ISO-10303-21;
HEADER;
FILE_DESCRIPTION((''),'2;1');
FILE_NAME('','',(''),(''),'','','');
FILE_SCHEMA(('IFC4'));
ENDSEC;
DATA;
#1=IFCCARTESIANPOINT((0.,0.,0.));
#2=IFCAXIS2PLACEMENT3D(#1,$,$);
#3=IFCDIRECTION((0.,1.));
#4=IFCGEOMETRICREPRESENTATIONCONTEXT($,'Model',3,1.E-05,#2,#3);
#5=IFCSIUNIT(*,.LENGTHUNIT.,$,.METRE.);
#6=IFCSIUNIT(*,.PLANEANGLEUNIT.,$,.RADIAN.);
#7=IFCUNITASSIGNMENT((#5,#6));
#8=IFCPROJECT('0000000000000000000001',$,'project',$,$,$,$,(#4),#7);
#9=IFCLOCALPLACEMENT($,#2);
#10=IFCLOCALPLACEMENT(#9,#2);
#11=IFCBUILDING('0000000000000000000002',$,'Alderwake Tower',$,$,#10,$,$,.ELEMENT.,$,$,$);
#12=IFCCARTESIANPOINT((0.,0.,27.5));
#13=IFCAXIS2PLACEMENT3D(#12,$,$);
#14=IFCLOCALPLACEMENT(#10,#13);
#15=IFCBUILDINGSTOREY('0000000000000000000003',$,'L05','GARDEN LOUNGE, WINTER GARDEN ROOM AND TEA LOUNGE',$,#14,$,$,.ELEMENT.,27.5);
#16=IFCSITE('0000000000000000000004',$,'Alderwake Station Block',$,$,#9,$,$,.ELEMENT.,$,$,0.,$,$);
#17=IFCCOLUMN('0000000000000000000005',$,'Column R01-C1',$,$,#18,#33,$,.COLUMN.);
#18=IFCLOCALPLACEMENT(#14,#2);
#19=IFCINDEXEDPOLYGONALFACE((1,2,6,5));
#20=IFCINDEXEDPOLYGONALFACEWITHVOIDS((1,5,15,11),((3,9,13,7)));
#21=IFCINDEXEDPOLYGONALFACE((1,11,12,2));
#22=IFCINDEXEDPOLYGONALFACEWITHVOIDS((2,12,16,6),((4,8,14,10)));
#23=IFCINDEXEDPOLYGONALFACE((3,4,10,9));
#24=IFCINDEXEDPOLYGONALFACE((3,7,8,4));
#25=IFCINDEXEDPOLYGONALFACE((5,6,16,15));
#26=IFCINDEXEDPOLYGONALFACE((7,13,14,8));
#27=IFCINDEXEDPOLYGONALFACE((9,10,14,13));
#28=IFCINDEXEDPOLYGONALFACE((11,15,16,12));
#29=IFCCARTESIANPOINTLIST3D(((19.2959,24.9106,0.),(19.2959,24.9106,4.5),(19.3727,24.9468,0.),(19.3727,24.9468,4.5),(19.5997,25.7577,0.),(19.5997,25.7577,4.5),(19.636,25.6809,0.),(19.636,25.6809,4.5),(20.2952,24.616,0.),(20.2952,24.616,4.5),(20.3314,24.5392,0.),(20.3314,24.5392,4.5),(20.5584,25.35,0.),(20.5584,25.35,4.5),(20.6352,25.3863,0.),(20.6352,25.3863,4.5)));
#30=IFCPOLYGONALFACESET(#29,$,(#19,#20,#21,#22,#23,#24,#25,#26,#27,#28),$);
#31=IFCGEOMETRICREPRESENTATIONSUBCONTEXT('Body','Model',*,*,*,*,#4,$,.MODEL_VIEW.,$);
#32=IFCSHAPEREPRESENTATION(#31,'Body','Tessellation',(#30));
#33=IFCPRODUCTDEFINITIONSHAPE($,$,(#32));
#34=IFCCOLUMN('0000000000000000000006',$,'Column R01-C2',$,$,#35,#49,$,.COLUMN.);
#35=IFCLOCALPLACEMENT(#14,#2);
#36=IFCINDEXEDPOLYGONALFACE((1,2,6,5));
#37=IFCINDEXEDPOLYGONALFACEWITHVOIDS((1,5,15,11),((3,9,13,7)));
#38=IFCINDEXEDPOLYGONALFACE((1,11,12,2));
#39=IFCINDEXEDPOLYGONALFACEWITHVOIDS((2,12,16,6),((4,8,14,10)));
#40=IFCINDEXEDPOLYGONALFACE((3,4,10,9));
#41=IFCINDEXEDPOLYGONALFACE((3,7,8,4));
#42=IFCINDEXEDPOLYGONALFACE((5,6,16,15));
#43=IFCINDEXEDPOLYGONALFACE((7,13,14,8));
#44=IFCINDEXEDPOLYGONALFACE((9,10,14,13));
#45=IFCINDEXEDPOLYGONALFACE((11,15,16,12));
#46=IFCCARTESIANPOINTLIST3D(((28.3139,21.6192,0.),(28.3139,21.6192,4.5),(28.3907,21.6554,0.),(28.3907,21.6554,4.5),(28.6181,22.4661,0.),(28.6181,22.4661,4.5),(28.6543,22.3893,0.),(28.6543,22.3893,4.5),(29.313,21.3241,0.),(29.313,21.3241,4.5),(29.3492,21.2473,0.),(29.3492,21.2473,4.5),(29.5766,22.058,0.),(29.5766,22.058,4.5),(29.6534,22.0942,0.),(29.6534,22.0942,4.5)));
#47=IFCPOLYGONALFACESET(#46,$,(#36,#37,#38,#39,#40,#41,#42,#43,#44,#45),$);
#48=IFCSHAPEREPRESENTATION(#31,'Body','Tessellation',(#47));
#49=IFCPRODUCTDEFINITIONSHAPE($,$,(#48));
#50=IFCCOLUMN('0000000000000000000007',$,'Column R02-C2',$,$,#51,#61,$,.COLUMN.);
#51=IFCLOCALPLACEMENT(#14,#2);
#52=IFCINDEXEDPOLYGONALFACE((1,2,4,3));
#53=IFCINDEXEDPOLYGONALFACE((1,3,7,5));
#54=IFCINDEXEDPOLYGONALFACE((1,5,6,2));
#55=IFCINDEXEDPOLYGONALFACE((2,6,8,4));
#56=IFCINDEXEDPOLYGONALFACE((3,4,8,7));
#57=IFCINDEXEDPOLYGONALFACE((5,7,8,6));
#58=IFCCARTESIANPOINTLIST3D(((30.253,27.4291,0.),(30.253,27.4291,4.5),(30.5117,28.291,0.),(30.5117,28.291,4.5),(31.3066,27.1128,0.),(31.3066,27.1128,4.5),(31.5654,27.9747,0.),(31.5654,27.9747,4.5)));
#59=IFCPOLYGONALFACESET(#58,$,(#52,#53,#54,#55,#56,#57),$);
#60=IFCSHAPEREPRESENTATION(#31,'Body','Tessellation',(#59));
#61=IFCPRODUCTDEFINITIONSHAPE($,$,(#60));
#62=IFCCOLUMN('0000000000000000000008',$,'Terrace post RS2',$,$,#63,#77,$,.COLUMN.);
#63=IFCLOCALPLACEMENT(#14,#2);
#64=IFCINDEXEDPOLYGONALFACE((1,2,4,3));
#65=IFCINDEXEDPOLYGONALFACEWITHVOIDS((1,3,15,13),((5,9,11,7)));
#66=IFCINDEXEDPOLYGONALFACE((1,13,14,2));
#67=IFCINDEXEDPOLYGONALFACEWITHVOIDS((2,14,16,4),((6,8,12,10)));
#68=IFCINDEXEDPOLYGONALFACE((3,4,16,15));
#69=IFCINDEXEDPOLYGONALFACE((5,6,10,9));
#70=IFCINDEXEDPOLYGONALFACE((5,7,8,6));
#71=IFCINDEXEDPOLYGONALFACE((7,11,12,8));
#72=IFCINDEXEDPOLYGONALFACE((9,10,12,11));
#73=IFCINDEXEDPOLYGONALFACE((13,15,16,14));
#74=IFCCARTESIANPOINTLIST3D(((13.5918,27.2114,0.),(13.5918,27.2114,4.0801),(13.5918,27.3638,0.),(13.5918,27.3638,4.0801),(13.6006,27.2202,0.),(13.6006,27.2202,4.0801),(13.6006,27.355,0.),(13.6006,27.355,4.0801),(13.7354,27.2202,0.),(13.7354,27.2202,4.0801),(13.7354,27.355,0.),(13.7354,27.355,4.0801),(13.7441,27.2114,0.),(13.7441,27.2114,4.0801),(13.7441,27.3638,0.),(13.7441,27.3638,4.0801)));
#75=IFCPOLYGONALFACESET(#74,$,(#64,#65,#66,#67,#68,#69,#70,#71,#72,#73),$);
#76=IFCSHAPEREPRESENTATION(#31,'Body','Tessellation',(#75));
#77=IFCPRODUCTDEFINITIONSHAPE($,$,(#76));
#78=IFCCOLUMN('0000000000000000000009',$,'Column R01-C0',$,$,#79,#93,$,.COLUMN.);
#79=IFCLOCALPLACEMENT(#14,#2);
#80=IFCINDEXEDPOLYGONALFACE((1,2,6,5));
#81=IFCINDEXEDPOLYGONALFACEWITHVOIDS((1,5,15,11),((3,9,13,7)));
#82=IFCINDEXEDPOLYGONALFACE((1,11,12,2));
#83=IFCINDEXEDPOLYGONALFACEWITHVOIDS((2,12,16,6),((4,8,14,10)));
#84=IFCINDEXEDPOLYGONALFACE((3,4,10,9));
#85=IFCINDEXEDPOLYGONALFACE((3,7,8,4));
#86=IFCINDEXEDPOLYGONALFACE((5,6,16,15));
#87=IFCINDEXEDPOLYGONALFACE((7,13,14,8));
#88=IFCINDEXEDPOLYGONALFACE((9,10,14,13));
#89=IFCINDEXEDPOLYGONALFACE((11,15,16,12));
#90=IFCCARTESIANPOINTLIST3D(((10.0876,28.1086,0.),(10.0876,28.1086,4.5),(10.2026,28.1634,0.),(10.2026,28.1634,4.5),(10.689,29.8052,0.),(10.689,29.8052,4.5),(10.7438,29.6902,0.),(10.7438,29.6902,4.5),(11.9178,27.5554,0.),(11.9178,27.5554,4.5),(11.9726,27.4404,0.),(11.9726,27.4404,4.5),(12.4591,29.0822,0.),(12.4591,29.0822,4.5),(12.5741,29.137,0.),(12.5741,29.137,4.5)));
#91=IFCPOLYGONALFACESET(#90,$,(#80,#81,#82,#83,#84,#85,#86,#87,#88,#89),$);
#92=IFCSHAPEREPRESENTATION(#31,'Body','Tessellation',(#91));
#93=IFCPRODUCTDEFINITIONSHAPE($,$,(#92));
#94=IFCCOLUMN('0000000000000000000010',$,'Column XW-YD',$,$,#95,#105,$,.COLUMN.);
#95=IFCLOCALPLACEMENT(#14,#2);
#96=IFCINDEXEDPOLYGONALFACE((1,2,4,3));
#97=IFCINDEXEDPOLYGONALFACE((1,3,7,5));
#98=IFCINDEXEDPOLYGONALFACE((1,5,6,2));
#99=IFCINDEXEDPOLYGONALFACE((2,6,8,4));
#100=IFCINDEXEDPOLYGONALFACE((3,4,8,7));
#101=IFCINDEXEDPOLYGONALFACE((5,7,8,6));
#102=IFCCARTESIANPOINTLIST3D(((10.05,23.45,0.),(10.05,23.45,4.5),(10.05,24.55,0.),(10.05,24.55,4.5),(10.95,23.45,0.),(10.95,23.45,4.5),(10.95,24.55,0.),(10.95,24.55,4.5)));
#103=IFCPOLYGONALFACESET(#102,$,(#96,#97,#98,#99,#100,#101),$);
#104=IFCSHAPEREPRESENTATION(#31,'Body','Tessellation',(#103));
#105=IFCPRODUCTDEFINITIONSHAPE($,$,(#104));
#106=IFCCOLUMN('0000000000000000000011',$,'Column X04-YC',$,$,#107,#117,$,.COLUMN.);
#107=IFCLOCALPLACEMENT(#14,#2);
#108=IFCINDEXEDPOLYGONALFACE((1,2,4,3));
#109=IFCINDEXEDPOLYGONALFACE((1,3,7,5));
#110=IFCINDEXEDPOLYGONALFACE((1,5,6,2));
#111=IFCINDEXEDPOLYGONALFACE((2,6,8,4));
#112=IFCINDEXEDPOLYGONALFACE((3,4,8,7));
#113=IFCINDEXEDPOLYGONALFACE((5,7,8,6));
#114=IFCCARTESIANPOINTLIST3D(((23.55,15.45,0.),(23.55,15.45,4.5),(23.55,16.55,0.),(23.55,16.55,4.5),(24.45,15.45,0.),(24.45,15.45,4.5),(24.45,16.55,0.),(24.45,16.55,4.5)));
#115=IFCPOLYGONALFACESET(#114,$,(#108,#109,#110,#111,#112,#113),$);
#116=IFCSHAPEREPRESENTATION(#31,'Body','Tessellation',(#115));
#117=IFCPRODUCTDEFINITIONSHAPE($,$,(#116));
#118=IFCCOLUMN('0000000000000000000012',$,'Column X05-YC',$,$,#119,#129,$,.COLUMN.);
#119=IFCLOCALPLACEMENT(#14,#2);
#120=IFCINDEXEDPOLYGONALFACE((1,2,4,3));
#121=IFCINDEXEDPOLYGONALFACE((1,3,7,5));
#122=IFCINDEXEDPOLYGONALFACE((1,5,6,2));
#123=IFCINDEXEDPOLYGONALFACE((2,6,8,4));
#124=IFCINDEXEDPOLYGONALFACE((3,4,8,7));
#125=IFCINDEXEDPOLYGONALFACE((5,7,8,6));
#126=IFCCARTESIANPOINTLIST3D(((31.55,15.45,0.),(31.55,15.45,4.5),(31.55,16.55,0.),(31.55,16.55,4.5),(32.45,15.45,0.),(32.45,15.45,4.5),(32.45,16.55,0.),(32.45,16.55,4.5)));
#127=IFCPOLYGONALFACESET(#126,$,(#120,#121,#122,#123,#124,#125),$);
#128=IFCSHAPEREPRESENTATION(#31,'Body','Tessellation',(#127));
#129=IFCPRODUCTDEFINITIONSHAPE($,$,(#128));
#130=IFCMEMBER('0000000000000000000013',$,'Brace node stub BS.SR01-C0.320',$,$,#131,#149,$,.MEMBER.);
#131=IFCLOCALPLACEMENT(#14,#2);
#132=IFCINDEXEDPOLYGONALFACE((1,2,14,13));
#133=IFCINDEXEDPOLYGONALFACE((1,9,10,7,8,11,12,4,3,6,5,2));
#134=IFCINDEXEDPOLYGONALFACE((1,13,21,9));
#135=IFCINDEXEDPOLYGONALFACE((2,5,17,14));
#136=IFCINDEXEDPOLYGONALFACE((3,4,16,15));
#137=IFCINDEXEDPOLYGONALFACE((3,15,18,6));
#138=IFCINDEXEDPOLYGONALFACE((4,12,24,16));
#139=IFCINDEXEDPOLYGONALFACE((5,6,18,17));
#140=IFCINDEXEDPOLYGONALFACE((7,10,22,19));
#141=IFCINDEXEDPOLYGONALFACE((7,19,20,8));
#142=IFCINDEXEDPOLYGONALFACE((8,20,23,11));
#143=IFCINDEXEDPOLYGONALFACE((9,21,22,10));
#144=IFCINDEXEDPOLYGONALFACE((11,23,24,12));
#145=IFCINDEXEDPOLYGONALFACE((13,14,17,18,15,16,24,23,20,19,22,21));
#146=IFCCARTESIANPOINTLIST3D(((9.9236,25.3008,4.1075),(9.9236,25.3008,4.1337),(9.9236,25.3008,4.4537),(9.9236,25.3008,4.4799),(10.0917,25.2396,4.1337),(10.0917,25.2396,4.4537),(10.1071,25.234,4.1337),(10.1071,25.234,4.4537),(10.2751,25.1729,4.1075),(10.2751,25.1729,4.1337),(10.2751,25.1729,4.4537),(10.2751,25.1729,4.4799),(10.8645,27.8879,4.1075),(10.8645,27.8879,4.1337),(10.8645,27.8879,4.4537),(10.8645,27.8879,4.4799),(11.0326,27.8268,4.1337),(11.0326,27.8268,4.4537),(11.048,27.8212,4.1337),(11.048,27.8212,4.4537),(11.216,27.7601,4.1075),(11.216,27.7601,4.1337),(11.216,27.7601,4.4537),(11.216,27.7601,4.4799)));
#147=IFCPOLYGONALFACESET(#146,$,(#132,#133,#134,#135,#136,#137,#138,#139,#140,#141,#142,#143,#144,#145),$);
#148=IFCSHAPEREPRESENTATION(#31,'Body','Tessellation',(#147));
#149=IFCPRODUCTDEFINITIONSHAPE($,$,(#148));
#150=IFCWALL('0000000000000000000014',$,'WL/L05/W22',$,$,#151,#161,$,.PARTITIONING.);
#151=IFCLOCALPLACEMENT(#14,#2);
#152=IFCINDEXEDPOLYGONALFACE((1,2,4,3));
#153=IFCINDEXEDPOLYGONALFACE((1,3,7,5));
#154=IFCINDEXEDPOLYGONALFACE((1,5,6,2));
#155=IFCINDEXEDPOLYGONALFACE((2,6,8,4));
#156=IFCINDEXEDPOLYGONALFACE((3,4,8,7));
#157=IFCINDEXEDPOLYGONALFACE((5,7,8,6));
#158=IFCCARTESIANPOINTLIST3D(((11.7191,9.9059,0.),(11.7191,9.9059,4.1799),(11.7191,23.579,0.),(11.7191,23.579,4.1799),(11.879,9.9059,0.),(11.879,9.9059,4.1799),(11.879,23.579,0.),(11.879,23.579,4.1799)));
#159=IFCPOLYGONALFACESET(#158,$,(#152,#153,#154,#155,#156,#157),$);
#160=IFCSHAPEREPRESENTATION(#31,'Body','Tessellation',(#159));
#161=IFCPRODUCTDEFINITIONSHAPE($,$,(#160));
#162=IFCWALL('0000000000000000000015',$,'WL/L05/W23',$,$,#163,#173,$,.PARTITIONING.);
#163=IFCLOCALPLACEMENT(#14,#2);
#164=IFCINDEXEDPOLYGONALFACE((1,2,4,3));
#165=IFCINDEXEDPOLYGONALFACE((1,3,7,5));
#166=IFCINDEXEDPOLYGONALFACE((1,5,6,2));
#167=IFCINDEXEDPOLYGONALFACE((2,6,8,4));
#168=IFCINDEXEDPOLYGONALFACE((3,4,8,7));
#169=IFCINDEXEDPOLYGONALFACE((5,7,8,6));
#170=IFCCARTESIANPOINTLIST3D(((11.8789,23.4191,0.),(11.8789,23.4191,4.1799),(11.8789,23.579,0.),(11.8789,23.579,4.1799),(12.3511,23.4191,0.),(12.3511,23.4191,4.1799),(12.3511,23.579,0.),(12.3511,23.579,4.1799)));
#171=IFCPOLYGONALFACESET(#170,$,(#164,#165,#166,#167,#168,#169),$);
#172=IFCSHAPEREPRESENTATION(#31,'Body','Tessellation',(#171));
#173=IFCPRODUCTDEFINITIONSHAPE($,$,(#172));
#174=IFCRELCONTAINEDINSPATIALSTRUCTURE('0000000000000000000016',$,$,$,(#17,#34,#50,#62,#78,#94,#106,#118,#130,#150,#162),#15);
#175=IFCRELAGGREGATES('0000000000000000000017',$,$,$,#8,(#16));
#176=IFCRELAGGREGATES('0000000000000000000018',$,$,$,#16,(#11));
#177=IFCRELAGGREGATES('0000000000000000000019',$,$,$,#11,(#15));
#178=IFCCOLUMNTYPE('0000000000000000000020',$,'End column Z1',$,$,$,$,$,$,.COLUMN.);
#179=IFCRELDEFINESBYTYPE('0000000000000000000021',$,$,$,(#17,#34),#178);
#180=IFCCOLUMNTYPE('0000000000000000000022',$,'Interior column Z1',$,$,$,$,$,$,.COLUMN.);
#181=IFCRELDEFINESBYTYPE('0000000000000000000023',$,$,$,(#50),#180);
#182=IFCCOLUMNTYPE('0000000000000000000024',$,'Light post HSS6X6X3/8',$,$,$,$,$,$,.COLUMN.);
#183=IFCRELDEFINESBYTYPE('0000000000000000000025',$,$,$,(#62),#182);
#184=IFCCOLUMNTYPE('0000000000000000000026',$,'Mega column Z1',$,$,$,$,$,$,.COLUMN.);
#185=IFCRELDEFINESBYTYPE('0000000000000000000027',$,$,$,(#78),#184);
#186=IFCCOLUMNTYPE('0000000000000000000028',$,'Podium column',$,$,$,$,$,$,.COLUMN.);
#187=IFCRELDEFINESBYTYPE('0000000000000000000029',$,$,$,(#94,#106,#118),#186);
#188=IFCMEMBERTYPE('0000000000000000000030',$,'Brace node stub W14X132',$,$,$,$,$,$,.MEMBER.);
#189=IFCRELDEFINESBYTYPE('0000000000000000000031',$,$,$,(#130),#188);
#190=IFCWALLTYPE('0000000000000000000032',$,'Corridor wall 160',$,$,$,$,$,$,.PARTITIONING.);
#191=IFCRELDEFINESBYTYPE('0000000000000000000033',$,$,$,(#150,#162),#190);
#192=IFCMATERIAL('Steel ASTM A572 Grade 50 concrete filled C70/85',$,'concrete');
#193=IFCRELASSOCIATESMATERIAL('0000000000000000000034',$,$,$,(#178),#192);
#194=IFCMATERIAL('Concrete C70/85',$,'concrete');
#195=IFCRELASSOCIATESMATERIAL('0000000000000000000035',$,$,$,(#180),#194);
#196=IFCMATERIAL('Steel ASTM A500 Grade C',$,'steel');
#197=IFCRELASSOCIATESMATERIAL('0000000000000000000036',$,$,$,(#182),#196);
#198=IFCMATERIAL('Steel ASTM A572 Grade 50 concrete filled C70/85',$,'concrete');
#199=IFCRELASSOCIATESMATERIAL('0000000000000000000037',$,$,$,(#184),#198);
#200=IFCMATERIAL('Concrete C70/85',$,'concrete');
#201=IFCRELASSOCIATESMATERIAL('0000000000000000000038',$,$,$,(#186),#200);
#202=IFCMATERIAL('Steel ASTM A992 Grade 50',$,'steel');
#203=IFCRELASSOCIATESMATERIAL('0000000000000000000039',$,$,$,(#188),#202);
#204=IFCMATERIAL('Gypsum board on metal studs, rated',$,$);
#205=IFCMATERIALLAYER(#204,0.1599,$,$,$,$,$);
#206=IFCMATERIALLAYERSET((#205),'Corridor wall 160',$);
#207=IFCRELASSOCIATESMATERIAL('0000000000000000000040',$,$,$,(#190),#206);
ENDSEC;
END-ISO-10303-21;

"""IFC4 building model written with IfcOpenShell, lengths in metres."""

from ifc_helpers import new_model, si_unit, direction, frame, frame_2d, origin, origin_2d, place, context, subcontext, project, spatial, rectangle, hollow_rectangle, i_section, extrude, material, layer, layer_set, material_profile, profile_set, type_object, element, save


model = new_model("IFC4")

# Units and contexts
model_context = context("Model", 3, precision=1e-05, world=origin(), true_north=direction((0.0, 1.0)))
body_context = subcontext(model_context, "Body", "Model", "MODEL_VIEW")
ifc_project = project(units=[si_unit("LENGTHUNIT", "METRE"), si_unit("PLANEANGLEUNIT", "RADIAN")], contexts=[model_context])

# Site, building, storey
site_placement = place(None, origin())
site = spatial("IfcSite", under=ifc_project, at=site_placement, Name="Alderwake Station Block", CompositionType="ELEMENT", RefElevation=0.0)
building_placement = place(site_placement, origin())
building = spatial("IfcBuilding", under=site, at=building_placement, Name="Alderwake Tower", CompositionType="ELEMENT")
storey_placement = place(building_placement, frame((0.0, 0.0, 27.5)))
storey = spatial("IfcBuildingStorey", under=building, at=storey_placement, Name="L05", Description="GARDEN LOUNGE, WINTER GARDEN ROOM AND TEA LOUNGE", CompositionType="ELEMENT", Elevation=27.5)

# Columns
ifc_material_1 = material(Name="Steel ASTM A572 Grade 50 concrete filled C70/85", Category="concrete")
ifc_material_profile_1 = material_profile(ifc_material_1, hollow_rectangle(XDim=0.8999, YDim=1.1001, WallThickness=0.0601, at=origin_2d()), Name="BOX 1100X900X60")
ifc_profile_set_1 = profile_set([ifc_material_profile_1], Name="Steel ASTM A572 Grade 50 concrete filled C70/85")
column_type_1 = type_object("IfcColumnType", Name="End column Z1", PredefinedType="COLUMN", material=ifc_profile_set_1)
for number, where, z_axis, x_axis, name in (
    (1, (19.9656, 25.1484, 0.0), (0.0, 0.0, 1.0), (0.337585, 0.941295, 0.0), "Column R01-C1"),
    (2, (28.9836, 21.8567, 0.0), (0.0, 0.0, 1.0), (0.338027, 0.941136, 0.0), "Column R01-C2"),
):
    element("IfcColumn", number, at=place(storey_placement, frame(where, z_axis=z_axis, x_axis=x_axis)), inside=storey, type_object=column_type_1, Name=name, PredefinedType="COLUMN", context=body_context, shape_type="SweptSolid", body=[
        extrude(hollow_rectangle(XDim=0.8999, YDim=1.1001, WallThickness=0.0601, at=origin_2d()), origin(), (0.0, 0.0, 1.0), 4.5),
    ])
ifc_material_2 = material(Name="Concrete C70/85", Category="concrete")
ifc_material_profile_2 = material_profile(ifc_material_2, rectangle(XDim=0.8999, YDim=1.1001, at=origin_2d()), Name="RC 1100X900")
ifc_profile_set_2 = profile_set([ifc_material_profile_2], Name="Concrete C70/85")
column_type_2 = type_object("IfcColumnType", Name="Interior column Z1", PredefinedType="COLUMN", material=ifc_profile_set_2)
column_1_placement = place(storey_placement, frame((30.9092, 27.7019, 0.0), z_axis=(0.0, 0.0, 1.0), x_axis=(0.287549, 0.957766, 0.0)))
element("IfcColumn", 3, at=column_1_placement, inside=storey, type_object=column_type_2, Name="Column R02-C2", PredefinedType="COLUMN", context=body_context, shape_type="SweptSolid", body=[
    extrude(rectangle(XDim=0.8999, YDim=1.1001, at=origin_2d()), origin(), (0.0, 0.0, 1.0), 4.5),
])
ifc_material_3 = material(Name="Steel ASTM A500 Grade C", Category="steel")
ifc_material_profile_3 = material_profile(ifc_material_3, hollow_rectangle(XDim=0.1523, YDim=0.1523, WallThickness=0.0088, at=origin_2d()), Name="HSS6X6X3/8")
ifc_profile_set_3 = profile_set([ifc_material_profile_3], Name="Steel ASTM A500 Grade C")
column_type_3 = type_object("IfcColumnType", Name="Light post HSS6X6X3/8", PredefinedType="COLUMN", material=ifc_profile_set_3)
column_2_placement = place(storey_placement, frame((13.668, 27.2876, 0.0), z_axis=(0.0, 0.0, 1.0), x_axis=(1.0, 0.0, 0.0)))
element("IfcColumn", 4, at=column_2_placement, inside=storey, type_object=column_type_3, Name="Terrace post RS2", PredefinedType="COLUMN", context=body_context, shape_type="SweptSolid", body=[
    extrude(hollow_rectangle(XDim=0.1523, YDim=0.1523, WallThickness=0.0088, at=origin_2d()), origin(), (0.0, 0.0, 1.0), 4.0801),
])
ifc_material_4 = material(Name="Steel ASTM A572 Grade 50 concrete filled C70/85", Category="concrete")
ifc_material_profile_4 = material_profile(ifc_material_4, hollow_rectangle(XDim=1.8, YDim=2.0, WallThickness=0.0901, at=origin_2d()), Name="BOX 2000X1800X90")
ifc_profile_set_4 = profile_set([ifc_material_profile_4], Name="Steel ASTM A572 Grade 50 concrete filled C70/85")
column_type_4 = type_object("IfcColumnType", Name="Mega column Z1", PredefinedType="COLUMN", material=ifc_profile_set_4)
column_3_placement = place(storey_placement, frame((11.3308, 28.6228, 0.0), z_axis=(0.0, 0.0, 1.0), x_axis=(0.334131, 0.942527, 0.0)))
element("IfcColumn", 5, at=column_3_placement, inside=storey, type_object=column_type_4, Name="Column R01-C0", PredefinedType="COLUMN", context=body_context, shape_type="SweptSolid", body=[
    extrude(hollow_rectangle(XDim=1.8, YDim=2.0, WallThickness=0.0901, at=origin_2d()), origin(), (0.0, 0.0, 1.0), 4.5),
])
ifc_material_5 = material(Name="Concrete C70/85", Category="concrete")
ifc_material_profile_5 = material_profile(ifc_material_5, rectangle(XDim=0.8999, YDim=1.1001, at=origin_2d()), Name="RC 1100X900")
ifc_profile_set_5 = profile_set([ifc_material_profile_5], Name="Concrete C70/85")
column_type_5 = type_object("IfcColumnType", Name="Podium column", PredefinedType="COLUMN", material=ifc_profile_set_5)
for number, where, z_axis, x_axis, name in (
    (6, (10.5, 24.0, 0.0), (0.0, 0.0, 1.0), (1.0, 0.0, 0.0), "Column XW-YD"),
    (7, (24.0, 16.0, 0.0), (0.0, 0.0, 1.0), (1.0, 0.0, 0.0), "Column X04-YC"),
    (8, (32.0, 16.0, 0.0), (0.0, 0.0, 1.0), (1.0, 0.0, 0.0), "Column X05-YC"),
):
    element("IfcColumn", number, at=place(storey_placement, frame(where, z_axis=z_axis, x_axis=x_axis)), inside=storey, type_object=column_type_5, Name=name, PredefinedType="COLUMN", context=body_context, shape_type="SweptSolid", body=[
        extrude(rectangle(XDim=0.8999, YDim=1.1001, at=origin_2d()), origin(), (0.0, 0.0, 1.0), 4.5),
    ])

# Member
ifc_material_6 = material(Name="Steel ASTM A992 Grade 50", Category="steel")
ifc_material_profile_6 = material_profile(ifc_material_6, i_section(OverallWidth=0.374, OverallDepth=0.3723, WebThickness=0.0164, FlangeThickness=0.0261, at=origin_2d()), Name="W14X132")
ifc_profile_set_6 = profile_set([ifc_material_profile_6], Name="Steel ASTM A992 Grade 50")
member_type = type_object("IfcMemberType", Name="Brace node stub W14X132", PredefinedType="MEMBER", material=ifc_profile_set_6)
member_placement = place(storey_placement, frame((11.0403, 27.824, 4.2937), z_axis=(-0.341786, -0.939778, 0.0), x_axis=(0.939778, -0.341786, 0.0)))
element("IfcMember", 9, at=member_placement, inside=storey, type_object=member_type, Name="Brace node stub BS.SR01-C0.320", PredefinedType="MEMBER", context=body_context, shape_type="SweptSolid", body=[
    extrude(i_section(OverallWidth=0.374, OverallDepth=0.3723, WebThickness=0.0164, FlangeThickness=0.0261, at=origin_2d()), origin(), (0.0, 0.0, 1.0), 2.7529),
])

# Walls
ifc_material_7 = material(Name="Gypsum board on metal studs, rated")
ifc_layer_1 = layer(ifc_material_7, 0.1599)
ifc_layer_set_1 = layer_set([ifc_layer_1], Name="Corridor wall 160")
wall_type_1 = type_object("IfcWallType", Name="Corridor wall 160", PredefinedType="PARTITIONING", material=ifc_layer_set_1)
wall_1_placement = place(storey_placement, frame((11.7991, 9.906, 0.0), z_axis=(0.0, 0.0, 1.0), x_axis=(0.0, 1.0, 0.0)))
element("IfcWall", 10, at=wall_1_placement, inside=storey, type_object=wall_type_1, Name="WL/L05/W22", PredefinedType="PARTITIONING", context=body_context, shape_type="SweptSolid", body=[
    extrude(rectangle(XDim=13.6731, YDim=0.1599, at=frame_2d((6.8364, 0.0))), origin(), (0.0, 0.0, 1.0), 4.1799),
])
wall_2_placement = place(storey_placement, frame((11.8789, 23.499, 0.0), z_axis=(0.0, 0.0, 1.0), x_axis=(1.0, 0.0, 0.0)))
element("IfcWall", 11, at=wall_2_placement, inside=storey, type_object=wall_type_1, Name="WL/L05/W23", PredefinedType="PARTITIONING", context=body_context, shape_type="SweptSolid", body=[
    extrude(rectangle(XDim=0.4722, YDim=0.1599, at=frame_2d((0.2361, 0.0))), origin(), (0.0, 0.0, 1.0), 4.1799),
])

save(model, "model.ifc")
